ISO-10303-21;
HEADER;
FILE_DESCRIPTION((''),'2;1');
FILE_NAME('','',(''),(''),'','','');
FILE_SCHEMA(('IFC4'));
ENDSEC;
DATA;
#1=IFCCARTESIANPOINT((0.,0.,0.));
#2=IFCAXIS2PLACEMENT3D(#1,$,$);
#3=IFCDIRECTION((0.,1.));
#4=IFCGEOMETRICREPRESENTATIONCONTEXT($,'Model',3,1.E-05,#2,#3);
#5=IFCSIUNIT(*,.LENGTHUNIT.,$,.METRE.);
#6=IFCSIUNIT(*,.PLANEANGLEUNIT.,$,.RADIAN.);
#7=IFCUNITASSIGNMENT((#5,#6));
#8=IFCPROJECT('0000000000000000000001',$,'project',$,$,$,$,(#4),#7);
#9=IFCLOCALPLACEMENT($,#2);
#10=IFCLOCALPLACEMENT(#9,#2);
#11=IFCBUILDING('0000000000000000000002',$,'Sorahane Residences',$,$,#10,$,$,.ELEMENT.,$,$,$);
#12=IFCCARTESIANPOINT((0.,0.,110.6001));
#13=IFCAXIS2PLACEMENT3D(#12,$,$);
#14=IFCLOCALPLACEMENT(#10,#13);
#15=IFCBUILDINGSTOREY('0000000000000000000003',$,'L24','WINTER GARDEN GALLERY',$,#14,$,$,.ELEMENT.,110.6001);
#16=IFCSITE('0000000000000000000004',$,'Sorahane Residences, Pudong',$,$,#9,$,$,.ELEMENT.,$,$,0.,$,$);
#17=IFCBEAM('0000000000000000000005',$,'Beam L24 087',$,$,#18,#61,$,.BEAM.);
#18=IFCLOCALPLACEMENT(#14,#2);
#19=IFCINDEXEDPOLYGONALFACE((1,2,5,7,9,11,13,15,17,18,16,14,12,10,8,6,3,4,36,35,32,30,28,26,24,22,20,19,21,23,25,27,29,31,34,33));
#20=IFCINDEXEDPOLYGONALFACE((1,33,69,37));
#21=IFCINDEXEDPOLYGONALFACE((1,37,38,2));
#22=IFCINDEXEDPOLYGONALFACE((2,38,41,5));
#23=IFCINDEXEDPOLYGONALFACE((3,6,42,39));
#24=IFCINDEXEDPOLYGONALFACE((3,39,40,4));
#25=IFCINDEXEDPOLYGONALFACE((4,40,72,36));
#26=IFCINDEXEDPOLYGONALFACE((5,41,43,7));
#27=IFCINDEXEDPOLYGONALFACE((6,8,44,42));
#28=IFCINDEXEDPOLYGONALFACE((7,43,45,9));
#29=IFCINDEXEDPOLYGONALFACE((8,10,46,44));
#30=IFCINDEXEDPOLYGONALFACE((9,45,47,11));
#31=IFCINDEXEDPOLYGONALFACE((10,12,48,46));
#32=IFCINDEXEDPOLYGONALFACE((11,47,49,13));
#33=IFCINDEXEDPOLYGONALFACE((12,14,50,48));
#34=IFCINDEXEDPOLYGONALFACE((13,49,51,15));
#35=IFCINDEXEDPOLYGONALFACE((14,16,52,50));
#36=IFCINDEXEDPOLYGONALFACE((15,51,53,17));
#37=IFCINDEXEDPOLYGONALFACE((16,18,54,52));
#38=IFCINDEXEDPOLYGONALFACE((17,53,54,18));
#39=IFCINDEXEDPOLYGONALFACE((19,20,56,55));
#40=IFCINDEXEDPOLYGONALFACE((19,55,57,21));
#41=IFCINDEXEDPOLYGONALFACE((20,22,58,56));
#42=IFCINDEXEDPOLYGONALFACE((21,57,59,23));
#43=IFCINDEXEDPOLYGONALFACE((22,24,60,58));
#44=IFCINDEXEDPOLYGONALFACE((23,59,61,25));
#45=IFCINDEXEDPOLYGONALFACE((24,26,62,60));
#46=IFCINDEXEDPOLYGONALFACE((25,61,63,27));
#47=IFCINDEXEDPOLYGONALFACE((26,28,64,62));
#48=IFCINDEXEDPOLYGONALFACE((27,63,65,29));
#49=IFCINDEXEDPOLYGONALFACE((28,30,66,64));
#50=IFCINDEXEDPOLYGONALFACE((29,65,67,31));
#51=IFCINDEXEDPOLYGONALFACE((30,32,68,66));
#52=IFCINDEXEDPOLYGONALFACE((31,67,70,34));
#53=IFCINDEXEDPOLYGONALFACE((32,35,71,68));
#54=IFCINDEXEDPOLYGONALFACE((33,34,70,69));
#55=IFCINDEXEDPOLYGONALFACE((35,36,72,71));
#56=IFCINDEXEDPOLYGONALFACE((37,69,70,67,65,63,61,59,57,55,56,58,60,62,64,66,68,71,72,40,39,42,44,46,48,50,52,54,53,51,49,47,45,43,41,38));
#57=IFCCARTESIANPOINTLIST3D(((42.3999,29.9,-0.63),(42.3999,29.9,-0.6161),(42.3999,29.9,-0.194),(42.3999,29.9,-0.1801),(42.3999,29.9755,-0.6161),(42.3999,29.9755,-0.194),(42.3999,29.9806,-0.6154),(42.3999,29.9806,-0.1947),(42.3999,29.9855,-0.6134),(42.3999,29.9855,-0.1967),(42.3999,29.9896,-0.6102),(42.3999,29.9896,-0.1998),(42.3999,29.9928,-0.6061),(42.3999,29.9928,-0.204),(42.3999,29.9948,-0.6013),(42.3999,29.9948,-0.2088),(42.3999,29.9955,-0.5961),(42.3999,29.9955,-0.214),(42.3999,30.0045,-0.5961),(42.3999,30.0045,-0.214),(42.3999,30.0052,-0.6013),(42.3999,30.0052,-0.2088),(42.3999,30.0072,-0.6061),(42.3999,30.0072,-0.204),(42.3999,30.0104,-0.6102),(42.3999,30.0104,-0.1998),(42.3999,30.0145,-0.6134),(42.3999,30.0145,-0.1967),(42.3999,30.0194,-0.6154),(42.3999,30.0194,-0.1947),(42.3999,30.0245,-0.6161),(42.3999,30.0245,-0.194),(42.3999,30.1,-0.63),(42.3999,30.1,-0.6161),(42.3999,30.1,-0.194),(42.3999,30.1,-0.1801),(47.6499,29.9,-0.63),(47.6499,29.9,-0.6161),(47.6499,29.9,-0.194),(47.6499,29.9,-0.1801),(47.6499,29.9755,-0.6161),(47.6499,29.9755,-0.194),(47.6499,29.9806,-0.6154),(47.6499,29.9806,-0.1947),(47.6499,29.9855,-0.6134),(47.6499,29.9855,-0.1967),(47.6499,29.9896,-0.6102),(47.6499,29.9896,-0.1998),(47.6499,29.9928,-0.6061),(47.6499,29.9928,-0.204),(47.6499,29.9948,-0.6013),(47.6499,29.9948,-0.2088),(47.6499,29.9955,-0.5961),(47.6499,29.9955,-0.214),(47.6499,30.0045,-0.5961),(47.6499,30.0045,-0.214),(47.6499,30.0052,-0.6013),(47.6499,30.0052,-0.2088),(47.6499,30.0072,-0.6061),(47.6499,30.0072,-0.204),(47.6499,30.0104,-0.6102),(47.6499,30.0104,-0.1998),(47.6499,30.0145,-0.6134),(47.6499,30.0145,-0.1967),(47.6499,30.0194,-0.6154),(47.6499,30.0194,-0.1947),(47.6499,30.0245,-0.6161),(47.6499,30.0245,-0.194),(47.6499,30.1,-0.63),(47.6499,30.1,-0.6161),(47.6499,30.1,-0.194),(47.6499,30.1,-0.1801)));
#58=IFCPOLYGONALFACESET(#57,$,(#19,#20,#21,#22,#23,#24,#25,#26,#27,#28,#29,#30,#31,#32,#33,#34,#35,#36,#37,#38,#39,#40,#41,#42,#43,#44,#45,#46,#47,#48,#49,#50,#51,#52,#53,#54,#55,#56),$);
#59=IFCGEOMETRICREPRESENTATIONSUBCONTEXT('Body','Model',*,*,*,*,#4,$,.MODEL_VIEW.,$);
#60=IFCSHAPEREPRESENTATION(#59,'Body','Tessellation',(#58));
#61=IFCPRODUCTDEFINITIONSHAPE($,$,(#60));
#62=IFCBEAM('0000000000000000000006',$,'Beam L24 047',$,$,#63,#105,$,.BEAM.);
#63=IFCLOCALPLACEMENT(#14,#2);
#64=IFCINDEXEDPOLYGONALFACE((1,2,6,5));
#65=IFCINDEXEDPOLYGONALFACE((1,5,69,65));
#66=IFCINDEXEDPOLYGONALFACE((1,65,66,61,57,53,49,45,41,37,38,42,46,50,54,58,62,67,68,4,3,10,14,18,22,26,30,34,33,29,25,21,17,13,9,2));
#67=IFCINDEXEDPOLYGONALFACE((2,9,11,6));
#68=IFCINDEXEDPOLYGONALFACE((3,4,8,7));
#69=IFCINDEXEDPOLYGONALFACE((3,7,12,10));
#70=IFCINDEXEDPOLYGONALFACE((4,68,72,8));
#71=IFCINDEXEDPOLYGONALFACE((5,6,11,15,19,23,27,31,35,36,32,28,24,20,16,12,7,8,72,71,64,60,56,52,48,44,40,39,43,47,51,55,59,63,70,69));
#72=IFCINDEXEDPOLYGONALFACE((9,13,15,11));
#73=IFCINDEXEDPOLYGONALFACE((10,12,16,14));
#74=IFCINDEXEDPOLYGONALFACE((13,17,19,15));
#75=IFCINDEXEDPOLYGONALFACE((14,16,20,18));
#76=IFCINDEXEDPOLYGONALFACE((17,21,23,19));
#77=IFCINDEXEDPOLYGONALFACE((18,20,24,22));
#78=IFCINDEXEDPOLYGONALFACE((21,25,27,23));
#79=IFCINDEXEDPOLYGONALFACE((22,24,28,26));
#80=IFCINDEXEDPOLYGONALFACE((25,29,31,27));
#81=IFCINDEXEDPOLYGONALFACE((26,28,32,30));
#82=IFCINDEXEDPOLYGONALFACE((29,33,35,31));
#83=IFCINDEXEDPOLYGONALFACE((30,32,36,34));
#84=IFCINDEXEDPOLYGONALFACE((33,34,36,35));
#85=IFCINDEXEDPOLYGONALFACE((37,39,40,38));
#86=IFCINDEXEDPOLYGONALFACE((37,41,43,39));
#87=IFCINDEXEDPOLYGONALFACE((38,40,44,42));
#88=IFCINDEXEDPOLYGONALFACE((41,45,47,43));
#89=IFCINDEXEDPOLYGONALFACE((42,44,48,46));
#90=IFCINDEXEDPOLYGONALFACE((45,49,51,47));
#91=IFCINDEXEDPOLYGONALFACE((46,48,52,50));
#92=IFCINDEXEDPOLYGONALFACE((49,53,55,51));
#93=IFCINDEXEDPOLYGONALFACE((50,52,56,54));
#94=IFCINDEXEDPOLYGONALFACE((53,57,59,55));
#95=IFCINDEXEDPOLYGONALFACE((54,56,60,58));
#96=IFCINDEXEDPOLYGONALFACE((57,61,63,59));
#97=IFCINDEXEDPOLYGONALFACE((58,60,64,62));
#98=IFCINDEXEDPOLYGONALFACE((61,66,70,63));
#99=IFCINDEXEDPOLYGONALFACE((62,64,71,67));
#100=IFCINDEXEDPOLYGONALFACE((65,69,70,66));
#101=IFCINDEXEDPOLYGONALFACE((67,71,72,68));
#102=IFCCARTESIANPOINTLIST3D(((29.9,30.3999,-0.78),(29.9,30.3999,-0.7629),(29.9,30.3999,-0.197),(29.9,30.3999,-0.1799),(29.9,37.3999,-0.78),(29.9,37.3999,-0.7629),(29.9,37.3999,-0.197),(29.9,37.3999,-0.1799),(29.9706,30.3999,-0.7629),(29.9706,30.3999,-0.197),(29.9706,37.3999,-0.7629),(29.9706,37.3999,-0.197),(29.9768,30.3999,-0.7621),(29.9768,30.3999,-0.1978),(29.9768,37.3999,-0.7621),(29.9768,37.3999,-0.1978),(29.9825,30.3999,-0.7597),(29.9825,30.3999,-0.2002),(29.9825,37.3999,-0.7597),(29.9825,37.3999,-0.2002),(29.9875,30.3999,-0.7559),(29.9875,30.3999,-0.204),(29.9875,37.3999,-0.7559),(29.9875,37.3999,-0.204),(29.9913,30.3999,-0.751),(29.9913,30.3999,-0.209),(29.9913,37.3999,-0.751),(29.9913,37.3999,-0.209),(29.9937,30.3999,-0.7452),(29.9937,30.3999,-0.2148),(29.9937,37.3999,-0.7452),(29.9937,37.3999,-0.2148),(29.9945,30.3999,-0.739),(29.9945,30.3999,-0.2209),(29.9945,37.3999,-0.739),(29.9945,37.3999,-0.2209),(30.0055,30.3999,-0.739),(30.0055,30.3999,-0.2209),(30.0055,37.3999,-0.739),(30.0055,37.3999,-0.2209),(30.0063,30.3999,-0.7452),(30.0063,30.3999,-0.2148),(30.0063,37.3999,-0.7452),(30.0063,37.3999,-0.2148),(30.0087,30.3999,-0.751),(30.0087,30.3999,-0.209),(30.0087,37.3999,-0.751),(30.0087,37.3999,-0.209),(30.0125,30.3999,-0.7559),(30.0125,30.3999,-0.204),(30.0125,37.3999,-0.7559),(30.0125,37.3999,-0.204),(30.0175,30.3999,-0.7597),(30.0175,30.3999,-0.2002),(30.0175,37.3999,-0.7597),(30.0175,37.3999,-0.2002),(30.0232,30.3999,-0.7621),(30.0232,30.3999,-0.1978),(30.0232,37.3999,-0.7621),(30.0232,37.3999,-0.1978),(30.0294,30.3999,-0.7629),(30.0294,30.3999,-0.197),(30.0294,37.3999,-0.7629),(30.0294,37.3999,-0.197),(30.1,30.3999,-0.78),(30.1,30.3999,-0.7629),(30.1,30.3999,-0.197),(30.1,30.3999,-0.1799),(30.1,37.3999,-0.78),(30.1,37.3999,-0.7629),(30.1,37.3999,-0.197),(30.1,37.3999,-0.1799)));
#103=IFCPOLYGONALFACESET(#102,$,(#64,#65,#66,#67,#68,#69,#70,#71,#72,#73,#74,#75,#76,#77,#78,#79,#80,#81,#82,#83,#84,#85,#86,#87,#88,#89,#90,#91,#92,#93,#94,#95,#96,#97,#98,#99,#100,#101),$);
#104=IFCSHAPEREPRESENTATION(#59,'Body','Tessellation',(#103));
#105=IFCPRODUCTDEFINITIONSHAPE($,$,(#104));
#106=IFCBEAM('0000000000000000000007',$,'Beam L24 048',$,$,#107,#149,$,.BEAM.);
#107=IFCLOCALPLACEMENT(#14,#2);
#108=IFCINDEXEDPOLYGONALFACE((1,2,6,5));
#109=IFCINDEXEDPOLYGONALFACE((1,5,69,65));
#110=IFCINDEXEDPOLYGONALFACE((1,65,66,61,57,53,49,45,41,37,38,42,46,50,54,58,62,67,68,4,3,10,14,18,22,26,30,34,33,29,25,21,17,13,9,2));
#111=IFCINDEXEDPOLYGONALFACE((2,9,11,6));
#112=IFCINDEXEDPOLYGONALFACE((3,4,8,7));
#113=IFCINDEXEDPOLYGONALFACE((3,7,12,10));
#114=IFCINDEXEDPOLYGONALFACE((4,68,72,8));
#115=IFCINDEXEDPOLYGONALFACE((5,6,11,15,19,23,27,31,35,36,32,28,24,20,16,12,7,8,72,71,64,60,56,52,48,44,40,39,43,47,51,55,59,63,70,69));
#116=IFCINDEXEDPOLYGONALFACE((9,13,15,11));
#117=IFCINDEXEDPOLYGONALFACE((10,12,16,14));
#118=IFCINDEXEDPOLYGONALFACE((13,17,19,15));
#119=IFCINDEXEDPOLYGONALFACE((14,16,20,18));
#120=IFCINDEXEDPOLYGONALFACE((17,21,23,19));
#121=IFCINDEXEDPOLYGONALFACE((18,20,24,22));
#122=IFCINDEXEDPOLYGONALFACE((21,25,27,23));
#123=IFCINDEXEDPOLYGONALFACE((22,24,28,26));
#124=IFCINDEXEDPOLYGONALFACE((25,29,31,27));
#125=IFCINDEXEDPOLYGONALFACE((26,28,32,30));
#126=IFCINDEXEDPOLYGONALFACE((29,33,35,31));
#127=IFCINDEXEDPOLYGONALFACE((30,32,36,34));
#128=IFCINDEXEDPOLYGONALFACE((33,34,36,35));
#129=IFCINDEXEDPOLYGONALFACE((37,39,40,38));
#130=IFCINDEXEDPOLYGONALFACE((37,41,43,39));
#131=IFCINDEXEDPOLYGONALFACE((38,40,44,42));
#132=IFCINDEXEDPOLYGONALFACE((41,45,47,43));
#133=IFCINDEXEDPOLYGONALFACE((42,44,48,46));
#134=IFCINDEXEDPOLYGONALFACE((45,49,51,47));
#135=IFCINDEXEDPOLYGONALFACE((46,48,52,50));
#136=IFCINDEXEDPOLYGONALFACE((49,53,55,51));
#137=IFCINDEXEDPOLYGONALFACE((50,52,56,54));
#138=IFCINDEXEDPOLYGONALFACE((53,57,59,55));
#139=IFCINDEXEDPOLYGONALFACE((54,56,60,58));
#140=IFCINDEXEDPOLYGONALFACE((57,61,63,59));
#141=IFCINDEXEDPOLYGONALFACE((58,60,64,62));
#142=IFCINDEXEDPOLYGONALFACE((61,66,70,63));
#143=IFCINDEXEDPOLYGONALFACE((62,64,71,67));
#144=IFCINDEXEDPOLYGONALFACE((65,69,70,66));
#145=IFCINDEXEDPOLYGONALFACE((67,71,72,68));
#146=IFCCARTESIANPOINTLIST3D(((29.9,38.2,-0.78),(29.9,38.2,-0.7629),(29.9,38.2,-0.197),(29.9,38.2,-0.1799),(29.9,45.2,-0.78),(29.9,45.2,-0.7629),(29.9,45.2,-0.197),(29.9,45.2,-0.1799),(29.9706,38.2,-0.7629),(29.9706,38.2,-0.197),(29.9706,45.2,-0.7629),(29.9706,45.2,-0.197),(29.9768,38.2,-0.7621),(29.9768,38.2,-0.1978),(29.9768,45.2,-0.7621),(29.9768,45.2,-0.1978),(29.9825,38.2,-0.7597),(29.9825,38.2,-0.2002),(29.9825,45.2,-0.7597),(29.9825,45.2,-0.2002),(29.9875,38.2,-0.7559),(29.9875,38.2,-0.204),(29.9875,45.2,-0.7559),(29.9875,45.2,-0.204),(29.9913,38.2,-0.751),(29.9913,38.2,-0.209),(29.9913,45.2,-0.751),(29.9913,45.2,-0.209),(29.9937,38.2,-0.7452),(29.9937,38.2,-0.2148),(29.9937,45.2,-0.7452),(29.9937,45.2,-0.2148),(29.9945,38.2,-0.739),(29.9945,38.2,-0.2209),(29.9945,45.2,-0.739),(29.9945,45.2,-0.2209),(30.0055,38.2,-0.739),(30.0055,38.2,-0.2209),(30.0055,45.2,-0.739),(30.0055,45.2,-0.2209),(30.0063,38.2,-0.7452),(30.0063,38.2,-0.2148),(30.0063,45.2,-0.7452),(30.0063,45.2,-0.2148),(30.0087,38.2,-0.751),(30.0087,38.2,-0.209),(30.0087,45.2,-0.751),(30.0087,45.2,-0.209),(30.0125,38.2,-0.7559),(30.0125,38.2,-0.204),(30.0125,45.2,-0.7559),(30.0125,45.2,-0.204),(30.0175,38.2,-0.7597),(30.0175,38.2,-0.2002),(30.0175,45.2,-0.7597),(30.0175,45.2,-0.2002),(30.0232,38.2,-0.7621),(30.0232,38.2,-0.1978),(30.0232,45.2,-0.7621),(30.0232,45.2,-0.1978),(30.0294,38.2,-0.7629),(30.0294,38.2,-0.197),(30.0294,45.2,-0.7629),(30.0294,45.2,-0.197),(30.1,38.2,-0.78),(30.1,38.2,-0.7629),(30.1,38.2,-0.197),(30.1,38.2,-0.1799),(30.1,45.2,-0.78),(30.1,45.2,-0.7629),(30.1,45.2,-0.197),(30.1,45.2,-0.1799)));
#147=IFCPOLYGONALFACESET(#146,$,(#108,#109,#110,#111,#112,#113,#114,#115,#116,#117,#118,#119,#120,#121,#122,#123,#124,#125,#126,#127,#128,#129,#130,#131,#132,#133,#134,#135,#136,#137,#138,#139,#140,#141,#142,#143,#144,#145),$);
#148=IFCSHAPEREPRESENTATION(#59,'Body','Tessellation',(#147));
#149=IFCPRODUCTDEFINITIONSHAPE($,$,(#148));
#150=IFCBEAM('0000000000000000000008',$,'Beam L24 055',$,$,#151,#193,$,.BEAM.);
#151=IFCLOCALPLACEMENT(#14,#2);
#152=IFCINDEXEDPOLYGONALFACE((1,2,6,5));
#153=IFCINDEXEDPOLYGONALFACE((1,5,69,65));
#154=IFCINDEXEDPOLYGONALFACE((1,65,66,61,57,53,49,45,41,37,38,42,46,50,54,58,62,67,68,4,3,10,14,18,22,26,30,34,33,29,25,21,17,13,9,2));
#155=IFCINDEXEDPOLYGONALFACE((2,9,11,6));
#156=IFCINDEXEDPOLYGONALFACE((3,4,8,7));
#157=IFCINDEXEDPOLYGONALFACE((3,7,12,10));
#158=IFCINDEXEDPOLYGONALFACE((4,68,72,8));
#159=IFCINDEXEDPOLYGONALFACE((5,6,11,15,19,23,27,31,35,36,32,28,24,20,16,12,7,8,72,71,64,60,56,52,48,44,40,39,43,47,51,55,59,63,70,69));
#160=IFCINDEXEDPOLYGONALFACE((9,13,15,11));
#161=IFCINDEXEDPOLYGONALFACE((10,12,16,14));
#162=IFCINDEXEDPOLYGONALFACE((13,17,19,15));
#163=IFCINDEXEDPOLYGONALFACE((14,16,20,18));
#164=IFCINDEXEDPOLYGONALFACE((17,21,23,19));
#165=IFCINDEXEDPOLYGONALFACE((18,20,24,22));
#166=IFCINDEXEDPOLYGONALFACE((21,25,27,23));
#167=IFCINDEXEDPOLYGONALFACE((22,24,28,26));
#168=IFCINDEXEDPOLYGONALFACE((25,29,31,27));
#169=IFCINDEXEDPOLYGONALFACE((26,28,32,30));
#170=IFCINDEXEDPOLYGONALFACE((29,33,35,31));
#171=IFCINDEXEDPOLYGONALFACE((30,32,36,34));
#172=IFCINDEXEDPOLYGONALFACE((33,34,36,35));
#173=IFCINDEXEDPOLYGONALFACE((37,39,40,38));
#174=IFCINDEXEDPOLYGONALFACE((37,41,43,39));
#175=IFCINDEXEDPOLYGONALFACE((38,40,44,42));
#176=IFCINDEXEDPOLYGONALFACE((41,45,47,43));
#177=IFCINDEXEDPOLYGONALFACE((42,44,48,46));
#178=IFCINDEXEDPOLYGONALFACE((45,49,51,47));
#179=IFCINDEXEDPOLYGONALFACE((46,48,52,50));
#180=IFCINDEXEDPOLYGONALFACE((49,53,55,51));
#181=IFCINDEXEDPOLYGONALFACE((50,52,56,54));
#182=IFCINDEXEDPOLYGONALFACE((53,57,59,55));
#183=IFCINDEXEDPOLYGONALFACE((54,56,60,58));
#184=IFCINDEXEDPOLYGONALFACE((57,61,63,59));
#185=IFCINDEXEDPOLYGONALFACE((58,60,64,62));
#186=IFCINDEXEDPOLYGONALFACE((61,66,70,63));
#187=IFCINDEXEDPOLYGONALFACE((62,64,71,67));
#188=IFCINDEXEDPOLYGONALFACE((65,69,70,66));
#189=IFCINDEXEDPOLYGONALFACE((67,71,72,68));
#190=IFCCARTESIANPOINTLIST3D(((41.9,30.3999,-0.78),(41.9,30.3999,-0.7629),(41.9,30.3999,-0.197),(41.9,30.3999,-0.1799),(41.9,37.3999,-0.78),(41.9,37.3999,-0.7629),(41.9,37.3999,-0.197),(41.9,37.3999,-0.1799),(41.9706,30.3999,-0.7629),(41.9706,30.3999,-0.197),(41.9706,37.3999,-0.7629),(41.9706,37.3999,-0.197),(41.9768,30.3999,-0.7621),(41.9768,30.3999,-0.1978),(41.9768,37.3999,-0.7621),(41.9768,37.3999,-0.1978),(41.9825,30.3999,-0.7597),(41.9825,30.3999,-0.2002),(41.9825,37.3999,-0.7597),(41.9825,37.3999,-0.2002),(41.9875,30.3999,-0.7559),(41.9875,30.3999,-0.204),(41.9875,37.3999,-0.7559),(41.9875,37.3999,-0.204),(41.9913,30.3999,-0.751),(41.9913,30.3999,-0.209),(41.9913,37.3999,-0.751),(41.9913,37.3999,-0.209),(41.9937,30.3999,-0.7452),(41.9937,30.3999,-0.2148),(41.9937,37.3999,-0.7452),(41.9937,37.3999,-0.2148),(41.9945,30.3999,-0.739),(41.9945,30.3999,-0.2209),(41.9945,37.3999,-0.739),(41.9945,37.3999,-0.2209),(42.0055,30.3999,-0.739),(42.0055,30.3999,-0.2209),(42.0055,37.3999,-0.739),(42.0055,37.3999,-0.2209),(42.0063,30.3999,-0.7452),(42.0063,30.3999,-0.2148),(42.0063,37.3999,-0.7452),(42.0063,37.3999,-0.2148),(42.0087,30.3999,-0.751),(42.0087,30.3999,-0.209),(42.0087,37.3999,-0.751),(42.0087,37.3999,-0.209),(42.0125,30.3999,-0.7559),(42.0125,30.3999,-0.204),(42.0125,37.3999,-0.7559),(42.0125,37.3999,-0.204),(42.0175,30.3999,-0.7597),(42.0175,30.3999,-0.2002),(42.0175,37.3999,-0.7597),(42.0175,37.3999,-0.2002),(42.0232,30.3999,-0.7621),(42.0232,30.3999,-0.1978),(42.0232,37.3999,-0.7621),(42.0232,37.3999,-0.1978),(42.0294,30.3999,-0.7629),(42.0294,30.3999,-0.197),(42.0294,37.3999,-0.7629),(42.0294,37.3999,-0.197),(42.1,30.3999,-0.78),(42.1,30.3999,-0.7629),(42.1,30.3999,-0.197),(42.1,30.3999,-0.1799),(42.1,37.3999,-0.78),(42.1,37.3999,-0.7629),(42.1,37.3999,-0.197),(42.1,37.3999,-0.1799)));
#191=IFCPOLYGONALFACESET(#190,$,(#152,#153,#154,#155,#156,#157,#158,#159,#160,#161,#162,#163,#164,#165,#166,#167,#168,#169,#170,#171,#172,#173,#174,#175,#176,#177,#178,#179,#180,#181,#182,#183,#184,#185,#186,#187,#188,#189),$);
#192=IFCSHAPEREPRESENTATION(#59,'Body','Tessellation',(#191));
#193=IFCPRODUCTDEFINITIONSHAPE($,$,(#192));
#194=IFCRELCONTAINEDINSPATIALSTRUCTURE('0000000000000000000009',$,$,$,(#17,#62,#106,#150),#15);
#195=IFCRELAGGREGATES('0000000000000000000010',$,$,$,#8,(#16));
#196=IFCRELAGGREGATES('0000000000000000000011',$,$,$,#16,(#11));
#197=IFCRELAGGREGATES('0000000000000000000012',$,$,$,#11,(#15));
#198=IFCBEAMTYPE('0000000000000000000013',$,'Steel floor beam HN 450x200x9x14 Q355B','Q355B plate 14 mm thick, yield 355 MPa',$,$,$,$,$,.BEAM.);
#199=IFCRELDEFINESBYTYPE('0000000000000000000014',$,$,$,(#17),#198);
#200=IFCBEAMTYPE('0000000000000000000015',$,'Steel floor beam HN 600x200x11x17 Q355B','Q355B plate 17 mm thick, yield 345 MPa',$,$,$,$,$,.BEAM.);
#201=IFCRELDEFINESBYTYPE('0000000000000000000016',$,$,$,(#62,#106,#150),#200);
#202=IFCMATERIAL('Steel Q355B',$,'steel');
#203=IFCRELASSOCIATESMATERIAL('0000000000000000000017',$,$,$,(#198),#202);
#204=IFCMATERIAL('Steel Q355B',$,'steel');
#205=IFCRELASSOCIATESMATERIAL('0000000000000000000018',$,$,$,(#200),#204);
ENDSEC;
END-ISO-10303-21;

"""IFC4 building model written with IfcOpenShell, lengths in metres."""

from ifc_helpers import new_model, si_unit, direction, frame, origin, origin_2d, place, context, subcontext, project, spatial, i_section, extrude, material, material_profile, profile_set, type_object, element, save


model = new_model("IFC4")

# Units and contexts
model_context = context("Model", 3, precision=1e-05, world=origin(), true_north=direction((0.0, 1.0)))
body_context = subcontext(model_context, "Body", "Model", "MODEL_VIEW")
ifc_project = project(units=[si_unit("LENGTHUNIT", "METRE"), si_unit("PLANEANGLEUNIT", "RADIAN")], contexts=[model_context])

# Site, building, storey
site_placement = place(None, origin())
site = spatial("IfcSite", under=ifc_project, at=site_placement, Name="Sorahane Residences, Pudong", CompositionType="ELEMENT", RefElevation=0.0)
building_placement = place(site_placement, origin())
building = spatial("IfcBuilding", under=site, at=building_placement, Name="Sorahane Residences", CompositionType="ELEMENT")
storey_placement = place(building_placement, frame((0.0, 0.0, 110.6001)))
storey = spatial("IfcBuildingStorey", under=building, at=storey_placement, Name="L24", Description="WINTER GARDEN GALLERY", CompositionType="ELEMENT", Elevation=110.6001)

# Beams
ifc_material_1 = material(Name="Steel Q355B", Category="steel")
ifc_material_profile_1 = material_profile(ifc_material_1, i_section(OverallWidth=0.2, OverallDepth=0.45, WebThickness=0.009, FlangeThickness=0.0139, FilletRadius=0.02, at=origin_2d()), Name="HN 450x200x9x14")
ifc_profile_set_1 = profile_set([ifc_material_profile_1], Name="Steel Q355B")
beam_type_1 = type_object("IfcBeamType", Name="Steel floor beam HN 450x200x9x14 Q355B", Description="Q355B plate 14 mm thick, yield 355 MPa", PredefinedType="BEAM", material=ifc_profile_set_1)
beam_placement = place(storey_placement, frame((42.3999, 30.0, -0.405), z_axis=(1.0, 0.0, 0.0), x_axis=(0.0, 1.0, 0.0)))
element("IfcBeam", 1, at=beam_placement, inside=storey, type_object=beam_type_1, Name="Beam L24 087", PredefinedType="BEAM", context=body_context, shape_type="SweptSolid", body=[
    extrude(i_section(OverallWidth=0.2, OverallDepth=0.45, WebThickness=0.009, FlangeThickness=0.0139, FilletRadius=0.02, at=origin_2d()), origin(), (0.0, 0.0, 1.0), 5.25),
])
ifc_material_2 = material(Name="Steel Q355B", Category="steel")
ifc_material_profile_2 = material_profile(ifc_material_2, i_section(OverallWidth=0.2, OverallDepth=0.6001, WebThickness=0.011, FlangeThickness=0.0171, FilletRadius=0.0239, at=origin_2d()), Name="HN 600x200x11x17")
ifc_profile_set_2 = profile_set([ifc_material_profile_2], Name="Steel Q355B")
beam_type_2 = type_object("IfcBeamType", Name="Steel floor beam HN 600x200x11x17 Q355B", Description="Q355B plate 17 mm thick, yield 345 MPa", PredefinedType="BEAM", material=ifc_profile_set_2)
for number, where, z_axis, x_axis, name in (
    (2, (30.0, 30.3999, -0.48), (0.0, 1.0, 0.0), (-1.0, 0.0, 0.0), "Beam L24 047"),
    (3, (30.0, 38.2, -0.48), (0.0, 1.0, 0.0), (-1.0, 0.0, 0.0), "Beam L24 048"),
    (4, (42.0, 30.3999, -0.48), (0.0, 1.0, 0.0), (-1.0, 0.0, 0.0), "Beam L24 055"),
):
    element("IfcBeam", number, at=place(storey_placement, frame(where, z_axis=z_axis, x_axis=x_axis)), inside=storey, type_object=beam_type_2, Name=name, PredefinedType="BEAM", context=body_context, shape_type="SweptSolid", body=[
        extrude(i_section(OverallWidth=0.2, OverallDepth=0.6001, WebThickness=0.011, FlangeThickness=0.0171, FilletRadius=0.0239, at=origin_2d()), origin(), (0.0, 0.0, 1.0), 7.0),
    ])

save(model, "model.ifc")
